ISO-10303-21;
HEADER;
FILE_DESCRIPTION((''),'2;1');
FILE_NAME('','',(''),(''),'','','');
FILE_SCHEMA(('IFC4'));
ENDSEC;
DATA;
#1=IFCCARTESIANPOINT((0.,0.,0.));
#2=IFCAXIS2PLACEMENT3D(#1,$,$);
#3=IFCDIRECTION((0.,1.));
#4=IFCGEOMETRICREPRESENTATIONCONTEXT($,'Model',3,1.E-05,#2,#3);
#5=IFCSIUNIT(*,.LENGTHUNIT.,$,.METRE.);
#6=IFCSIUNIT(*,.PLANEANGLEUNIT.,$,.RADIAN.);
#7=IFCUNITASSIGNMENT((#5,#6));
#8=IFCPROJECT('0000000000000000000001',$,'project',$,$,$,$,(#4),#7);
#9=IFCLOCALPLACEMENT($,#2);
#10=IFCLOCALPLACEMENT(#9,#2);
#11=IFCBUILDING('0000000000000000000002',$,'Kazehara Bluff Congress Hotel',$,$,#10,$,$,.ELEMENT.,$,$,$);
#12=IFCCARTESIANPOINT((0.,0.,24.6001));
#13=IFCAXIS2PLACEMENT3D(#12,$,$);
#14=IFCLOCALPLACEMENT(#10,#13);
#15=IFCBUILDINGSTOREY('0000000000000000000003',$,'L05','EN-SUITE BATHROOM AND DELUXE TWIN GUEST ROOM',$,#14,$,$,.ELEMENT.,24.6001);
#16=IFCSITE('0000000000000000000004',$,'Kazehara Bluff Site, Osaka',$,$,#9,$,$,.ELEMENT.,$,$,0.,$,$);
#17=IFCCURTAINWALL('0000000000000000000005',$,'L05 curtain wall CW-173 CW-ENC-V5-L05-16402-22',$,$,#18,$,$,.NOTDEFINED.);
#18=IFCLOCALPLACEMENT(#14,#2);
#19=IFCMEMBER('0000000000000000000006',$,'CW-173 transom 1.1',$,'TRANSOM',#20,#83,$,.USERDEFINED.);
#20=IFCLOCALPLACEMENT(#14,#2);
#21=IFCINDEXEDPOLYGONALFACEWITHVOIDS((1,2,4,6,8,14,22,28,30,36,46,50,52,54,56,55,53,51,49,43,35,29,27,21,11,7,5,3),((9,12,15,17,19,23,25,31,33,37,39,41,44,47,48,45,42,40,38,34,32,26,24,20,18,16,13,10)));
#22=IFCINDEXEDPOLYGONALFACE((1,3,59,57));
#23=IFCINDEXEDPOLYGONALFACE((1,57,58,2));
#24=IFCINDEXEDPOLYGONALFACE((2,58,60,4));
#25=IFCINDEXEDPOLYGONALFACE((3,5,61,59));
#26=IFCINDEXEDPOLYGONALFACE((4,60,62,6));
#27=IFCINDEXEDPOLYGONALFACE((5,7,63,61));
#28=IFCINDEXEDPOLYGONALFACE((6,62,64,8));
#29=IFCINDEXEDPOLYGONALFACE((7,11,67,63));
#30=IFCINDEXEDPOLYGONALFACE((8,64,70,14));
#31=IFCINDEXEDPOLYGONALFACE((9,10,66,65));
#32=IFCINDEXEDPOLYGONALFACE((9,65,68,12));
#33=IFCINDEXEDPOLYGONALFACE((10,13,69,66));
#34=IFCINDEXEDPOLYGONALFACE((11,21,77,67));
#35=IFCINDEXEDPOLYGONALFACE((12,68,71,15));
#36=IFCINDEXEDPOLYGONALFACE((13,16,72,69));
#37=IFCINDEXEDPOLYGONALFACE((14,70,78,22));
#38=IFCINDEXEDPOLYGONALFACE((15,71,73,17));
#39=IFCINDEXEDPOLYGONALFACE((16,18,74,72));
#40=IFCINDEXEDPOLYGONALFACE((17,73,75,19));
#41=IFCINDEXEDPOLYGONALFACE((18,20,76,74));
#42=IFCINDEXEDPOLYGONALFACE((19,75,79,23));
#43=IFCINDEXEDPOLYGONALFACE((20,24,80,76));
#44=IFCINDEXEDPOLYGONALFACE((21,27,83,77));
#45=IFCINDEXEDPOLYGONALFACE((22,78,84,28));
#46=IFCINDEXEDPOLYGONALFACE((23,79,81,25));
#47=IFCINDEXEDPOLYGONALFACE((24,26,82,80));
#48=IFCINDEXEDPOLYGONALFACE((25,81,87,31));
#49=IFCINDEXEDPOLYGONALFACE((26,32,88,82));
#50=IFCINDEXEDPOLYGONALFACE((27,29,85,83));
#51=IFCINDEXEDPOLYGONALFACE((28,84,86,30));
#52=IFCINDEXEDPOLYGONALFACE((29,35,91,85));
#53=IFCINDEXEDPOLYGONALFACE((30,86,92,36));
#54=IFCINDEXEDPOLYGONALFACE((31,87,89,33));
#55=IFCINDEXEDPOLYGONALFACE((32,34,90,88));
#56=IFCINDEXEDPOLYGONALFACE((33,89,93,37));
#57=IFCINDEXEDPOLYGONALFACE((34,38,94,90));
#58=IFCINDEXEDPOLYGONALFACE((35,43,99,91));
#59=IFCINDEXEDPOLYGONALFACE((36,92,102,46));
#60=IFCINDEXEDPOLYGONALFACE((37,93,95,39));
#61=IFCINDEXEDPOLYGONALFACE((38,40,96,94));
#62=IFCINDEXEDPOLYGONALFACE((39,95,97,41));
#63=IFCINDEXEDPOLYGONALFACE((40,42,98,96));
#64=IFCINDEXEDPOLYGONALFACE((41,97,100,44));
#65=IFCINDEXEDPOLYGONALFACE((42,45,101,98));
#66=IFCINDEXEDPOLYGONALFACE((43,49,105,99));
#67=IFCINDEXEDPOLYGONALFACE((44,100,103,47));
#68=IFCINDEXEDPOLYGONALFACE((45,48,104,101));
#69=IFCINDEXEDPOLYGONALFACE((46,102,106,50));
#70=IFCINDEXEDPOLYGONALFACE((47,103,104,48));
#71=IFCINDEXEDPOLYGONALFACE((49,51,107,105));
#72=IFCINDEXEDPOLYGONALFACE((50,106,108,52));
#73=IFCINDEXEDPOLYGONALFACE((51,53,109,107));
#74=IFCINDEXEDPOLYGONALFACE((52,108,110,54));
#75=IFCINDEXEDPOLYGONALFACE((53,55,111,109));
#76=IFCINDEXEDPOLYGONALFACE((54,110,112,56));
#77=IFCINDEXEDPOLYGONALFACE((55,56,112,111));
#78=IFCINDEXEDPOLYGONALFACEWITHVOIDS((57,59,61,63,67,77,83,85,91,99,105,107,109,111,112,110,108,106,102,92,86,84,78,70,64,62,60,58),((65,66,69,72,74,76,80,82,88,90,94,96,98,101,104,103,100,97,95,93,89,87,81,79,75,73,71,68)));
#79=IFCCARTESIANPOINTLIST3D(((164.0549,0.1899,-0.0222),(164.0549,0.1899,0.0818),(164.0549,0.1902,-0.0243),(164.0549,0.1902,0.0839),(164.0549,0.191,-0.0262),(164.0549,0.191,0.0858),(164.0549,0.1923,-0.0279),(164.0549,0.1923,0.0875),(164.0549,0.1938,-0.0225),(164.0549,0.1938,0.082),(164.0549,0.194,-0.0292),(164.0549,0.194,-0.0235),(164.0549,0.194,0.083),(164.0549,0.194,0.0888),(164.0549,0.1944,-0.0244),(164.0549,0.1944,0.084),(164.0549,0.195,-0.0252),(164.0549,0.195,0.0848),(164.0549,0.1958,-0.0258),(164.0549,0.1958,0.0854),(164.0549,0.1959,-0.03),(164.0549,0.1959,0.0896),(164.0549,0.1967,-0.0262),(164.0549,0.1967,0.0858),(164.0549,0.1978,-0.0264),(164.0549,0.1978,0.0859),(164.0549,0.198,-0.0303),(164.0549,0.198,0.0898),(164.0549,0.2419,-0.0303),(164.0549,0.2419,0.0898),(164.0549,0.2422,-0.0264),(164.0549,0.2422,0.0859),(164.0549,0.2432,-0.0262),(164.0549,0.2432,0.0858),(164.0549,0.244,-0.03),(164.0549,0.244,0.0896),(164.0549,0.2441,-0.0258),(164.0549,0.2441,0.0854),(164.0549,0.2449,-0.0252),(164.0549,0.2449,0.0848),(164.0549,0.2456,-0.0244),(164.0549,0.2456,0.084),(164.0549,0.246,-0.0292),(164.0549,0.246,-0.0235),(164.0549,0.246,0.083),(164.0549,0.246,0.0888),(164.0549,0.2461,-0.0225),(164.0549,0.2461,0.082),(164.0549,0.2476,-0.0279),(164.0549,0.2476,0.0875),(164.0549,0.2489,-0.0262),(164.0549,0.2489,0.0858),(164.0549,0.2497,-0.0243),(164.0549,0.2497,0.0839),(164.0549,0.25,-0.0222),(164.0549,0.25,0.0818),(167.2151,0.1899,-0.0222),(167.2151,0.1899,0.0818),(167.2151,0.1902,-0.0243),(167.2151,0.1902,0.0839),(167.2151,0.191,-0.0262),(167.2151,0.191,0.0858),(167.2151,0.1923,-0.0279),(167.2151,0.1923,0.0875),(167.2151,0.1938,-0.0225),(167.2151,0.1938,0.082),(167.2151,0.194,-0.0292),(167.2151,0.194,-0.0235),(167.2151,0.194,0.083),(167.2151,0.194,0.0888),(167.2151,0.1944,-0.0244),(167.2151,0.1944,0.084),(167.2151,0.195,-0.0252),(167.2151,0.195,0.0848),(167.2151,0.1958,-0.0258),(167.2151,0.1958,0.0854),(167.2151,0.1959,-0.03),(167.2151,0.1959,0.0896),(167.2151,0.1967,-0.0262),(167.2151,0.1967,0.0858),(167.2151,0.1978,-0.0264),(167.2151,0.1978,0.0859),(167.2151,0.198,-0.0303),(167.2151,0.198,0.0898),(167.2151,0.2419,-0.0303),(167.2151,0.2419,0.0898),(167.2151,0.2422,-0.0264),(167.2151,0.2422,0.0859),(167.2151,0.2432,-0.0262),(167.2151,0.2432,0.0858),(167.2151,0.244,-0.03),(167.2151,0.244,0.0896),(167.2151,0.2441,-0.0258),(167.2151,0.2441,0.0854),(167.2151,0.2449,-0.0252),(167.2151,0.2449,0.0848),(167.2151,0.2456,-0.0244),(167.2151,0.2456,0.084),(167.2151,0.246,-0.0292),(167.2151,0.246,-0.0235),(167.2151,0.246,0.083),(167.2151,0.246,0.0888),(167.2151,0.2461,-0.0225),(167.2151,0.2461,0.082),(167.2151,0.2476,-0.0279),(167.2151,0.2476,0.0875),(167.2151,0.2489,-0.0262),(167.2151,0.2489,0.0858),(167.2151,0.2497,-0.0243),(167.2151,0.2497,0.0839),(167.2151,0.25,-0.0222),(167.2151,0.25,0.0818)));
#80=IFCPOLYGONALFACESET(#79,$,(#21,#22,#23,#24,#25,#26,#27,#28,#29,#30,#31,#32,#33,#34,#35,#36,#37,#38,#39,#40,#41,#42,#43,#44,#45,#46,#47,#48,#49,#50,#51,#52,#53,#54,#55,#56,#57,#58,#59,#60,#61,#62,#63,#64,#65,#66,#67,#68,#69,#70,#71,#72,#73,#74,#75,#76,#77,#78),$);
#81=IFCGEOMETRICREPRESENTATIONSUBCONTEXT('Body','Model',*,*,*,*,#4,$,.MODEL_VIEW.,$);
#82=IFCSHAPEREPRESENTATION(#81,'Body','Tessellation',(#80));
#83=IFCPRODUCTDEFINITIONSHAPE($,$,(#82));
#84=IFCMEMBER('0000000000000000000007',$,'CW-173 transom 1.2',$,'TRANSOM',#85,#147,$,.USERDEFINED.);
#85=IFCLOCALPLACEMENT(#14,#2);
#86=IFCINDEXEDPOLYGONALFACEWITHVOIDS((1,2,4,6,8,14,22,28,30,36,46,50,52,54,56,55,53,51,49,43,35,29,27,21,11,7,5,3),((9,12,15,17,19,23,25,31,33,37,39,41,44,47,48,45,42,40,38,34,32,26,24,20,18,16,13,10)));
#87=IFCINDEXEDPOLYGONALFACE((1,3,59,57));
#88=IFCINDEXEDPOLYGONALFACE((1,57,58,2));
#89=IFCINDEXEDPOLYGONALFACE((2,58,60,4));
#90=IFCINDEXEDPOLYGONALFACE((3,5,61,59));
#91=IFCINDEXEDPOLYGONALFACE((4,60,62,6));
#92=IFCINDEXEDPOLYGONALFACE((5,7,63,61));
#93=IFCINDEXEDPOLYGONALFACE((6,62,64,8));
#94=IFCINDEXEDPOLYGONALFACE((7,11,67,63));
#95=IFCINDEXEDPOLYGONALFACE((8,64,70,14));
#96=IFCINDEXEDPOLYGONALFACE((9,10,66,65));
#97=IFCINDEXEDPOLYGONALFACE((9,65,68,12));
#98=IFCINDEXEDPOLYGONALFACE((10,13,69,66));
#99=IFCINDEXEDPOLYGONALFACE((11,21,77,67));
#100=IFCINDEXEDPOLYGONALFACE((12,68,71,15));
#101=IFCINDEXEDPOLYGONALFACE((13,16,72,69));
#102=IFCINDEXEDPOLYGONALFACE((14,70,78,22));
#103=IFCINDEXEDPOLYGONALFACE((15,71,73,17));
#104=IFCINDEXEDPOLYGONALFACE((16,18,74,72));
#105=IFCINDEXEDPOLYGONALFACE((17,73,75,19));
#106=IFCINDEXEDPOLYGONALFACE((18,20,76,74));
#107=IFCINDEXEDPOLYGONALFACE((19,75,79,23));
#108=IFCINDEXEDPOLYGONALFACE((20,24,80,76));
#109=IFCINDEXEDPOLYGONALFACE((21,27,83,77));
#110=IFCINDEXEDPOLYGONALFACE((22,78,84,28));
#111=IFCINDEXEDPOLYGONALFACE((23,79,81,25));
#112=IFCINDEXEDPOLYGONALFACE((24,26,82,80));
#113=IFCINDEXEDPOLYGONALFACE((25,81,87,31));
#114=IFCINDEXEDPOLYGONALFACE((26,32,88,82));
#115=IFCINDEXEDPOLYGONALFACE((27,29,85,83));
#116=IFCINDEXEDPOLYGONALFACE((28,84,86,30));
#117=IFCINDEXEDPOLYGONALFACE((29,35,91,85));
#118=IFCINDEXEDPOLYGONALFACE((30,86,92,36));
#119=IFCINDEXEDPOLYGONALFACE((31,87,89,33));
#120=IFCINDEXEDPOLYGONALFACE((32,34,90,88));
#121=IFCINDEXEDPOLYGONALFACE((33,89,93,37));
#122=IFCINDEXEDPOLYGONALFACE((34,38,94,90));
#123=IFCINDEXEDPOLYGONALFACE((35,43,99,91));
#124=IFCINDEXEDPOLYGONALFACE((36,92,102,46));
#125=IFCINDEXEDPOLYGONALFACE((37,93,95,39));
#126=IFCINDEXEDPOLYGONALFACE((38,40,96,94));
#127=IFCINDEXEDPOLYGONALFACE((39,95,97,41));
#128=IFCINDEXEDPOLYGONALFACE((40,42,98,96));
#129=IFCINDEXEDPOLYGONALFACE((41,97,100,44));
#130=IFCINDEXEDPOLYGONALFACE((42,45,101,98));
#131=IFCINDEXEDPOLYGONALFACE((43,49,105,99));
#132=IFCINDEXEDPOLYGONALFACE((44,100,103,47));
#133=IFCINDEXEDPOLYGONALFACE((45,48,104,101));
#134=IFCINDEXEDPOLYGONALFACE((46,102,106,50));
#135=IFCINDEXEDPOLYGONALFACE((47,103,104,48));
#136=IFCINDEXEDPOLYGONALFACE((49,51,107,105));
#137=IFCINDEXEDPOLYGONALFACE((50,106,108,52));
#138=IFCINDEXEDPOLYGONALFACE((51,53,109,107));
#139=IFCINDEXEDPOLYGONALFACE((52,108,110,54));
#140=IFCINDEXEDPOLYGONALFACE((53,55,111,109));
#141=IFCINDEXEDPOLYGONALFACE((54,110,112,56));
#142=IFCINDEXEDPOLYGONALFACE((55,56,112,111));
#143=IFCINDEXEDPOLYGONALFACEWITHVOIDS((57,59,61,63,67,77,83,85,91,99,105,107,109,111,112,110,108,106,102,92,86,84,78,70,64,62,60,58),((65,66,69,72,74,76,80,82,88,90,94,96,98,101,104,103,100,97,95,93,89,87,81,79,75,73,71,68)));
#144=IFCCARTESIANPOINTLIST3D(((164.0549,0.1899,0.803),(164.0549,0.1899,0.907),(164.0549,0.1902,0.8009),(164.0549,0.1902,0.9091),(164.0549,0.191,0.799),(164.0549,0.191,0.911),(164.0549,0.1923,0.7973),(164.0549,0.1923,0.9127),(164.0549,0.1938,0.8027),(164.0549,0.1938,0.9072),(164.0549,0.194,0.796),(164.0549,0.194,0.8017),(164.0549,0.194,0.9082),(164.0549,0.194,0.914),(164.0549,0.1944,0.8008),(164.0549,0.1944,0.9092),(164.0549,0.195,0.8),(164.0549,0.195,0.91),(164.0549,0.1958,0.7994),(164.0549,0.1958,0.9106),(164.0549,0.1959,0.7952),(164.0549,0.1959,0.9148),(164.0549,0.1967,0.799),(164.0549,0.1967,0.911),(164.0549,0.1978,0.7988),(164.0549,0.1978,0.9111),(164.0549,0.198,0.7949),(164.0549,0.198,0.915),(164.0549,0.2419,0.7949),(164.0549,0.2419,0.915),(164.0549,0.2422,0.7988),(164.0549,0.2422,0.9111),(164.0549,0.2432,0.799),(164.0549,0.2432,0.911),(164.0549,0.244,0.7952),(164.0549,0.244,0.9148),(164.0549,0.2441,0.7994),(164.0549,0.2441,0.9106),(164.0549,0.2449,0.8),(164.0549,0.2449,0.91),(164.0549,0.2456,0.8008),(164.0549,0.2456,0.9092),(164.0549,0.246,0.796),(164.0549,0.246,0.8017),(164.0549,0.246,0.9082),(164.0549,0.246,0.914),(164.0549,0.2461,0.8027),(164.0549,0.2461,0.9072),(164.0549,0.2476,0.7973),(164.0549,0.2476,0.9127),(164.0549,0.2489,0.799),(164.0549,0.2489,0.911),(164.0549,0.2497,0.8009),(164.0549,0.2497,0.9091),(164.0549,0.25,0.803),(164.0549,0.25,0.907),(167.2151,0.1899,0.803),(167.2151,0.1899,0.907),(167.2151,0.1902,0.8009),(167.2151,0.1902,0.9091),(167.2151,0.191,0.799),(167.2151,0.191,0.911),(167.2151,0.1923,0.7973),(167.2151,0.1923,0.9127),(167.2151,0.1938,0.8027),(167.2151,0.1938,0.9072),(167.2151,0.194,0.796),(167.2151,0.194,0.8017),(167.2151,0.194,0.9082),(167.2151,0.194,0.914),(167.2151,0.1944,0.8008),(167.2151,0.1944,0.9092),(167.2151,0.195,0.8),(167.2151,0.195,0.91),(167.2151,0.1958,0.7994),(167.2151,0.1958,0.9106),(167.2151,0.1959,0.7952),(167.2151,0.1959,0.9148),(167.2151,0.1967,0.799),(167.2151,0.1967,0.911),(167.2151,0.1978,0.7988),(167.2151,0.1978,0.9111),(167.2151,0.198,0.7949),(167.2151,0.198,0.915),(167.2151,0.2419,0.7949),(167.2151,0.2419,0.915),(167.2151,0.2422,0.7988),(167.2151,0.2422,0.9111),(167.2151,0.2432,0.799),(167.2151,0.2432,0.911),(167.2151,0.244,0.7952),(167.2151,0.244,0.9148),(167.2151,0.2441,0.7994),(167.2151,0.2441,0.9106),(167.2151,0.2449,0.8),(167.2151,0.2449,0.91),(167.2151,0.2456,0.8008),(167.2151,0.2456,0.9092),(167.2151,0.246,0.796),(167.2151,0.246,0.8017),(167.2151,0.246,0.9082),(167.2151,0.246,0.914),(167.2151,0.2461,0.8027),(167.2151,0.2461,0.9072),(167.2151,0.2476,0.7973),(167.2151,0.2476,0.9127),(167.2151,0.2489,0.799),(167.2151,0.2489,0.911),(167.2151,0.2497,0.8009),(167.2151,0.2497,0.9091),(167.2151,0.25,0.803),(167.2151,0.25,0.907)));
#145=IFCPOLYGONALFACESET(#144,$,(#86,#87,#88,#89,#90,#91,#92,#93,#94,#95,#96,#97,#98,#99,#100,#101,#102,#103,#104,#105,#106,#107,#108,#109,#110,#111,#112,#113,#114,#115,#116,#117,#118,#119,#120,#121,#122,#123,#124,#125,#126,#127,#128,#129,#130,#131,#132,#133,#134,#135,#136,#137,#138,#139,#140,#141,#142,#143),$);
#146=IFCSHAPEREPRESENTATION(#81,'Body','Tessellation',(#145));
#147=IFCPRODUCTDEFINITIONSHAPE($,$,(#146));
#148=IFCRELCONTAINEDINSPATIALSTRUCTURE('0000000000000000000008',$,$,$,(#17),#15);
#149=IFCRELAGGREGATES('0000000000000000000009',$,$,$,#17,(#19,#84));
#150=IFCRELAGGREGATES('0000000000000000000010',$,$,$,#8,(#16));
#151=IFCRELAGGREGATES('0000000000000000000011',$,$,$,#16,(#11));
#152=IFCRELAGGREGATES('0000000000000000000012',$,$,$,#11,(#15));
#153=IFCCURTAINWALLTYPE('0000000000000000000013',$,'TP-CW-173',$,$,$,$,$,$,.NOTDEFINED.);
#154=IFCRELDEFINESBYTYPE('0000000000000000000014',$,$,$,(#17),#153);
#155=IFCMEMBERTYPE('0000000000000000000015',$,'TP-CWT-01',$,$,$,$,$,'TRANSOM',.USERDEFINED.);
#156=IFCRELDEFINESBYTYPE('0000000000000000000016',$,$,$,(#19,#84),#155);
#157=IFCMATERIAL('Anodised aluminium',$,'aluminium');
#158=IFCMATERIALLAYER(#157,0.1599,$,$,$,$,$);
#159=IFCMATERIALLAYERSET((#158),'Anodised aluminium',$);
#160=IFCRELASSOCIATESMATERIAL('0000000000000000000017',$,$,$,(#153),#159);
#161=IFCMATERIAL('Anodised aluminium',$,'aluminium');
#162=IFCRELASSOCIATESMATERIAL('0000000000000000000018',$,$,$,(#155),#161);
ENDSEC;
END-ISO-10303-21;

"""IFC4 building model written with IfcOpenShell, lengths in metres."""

from ifc_helpers import new_model, si_unit, direction, frame, origin, origin_2d, place, context, subcontext, project, spatial, hollow_rectangle, extrude, material, layer, layer_set, material_profile, profile_set, type_object, element, aggregate, save


model = new_model("IFC4")

# Units and contexts
model_context = context("Model", 3, precision=1e-05, world=origin(), true_north=direction((0.0, 1.0)))
body_context = subcontext(model_context, "Body", "Model", "MODEL_VIEW")
ifc_project = project(units=[si_unit("LENGTHUNIT", "METRE"), si_unit("PLANEANGLEUNIT", "RADIAN")], contexts=[model_context])

# Site, building, storey
site_placement = place(None, origin())
site = spatial("IfcSite", under=ifc_project, at=site_placement, Name="Kazehara Bluff Site, Osaka", CompositionType="ELEMENT", RefElevation=0.0)
building_placement = place(site_placement, origin())
building = spatial("IfcBuilding", under=site, at=building_placement, Name="Kazehara Bluff Congress Hotel", CompositionType="ELEMENT")
storey_placement = place(building_placement, frame((0.0, 0.0, 24.6001)))
storey = spatial("IfcBuildingStorey", under=building, at=storey_placement, Name="L05", Description="EN-SUITE BATHROOM AND DELUXE TWIN GUEST ROOM", CompositionType="ELEMENT", Elevation=24.6001)

# Curtain wall
ifc_material_1 = material(Name="Anodised aluminium", Category="aluminium")
ifc_layer_1 = layer(ifc_material_1, 0.1599)
ifc_layer_set_1 = layer_set([ifc_layer_1], Name="Anodised aluminium")
curtain_wall_type_1 = type_object("IfcCurtainWallType", Name="TP-CW-173", PredefinedType="NOTDEFINED", material=ifc_layer_set_1)
curtain_wall_1_placement = place(storey_placement, origin())
curtain_wall_1 = element("IfcCurtainWall", 1, at=curtain_wall_1_placement, inside=storey, type_object=curtain_wall_type_1, Name="L05 curtain wall CW-173 CW-ENC-V5-L05-16402-22", PredefinedType="NOTDEFINED")

# Members
ifc_material_2 = material(Name="Anodised aluminium", Category="aluminium")
ifc_material_profile_1 = material_profile(ifc_material_2, hollow_rectangle(XDim=0.0601, YDim=0.1201, WallThickness=0.0039, InnerFilletRadius=0.0039, OuterFilletRadius=0.0081, at=origin_2d()))
ifc_profile_set_1 = profile_set([ifc_material_profile_1], Name="Anodised aluminium")
member_type_1 = type_object("IfcMemberType", Name="TP-CWT-01", ElementType="TRANSOM", PredefinedType="USERDEFINED", material=ifc_profile_set_1)
member_1_placement = place(storey_placement, frame((167.2151, 0.22, 0.0298), z_axis=(-1.0, 0.0, 0.0), x_axis=(0.0, -1.0, 0.0)))
member_1 = element("IfcMember", 2, at=member_1_placement, type_object=member_type_1, Name="CW-173 transom 1.1", ObjectType="TRANSOM", PredefinedType="USERDEFINED", context=body_context, shape_type="SweptSolid", body=[
    extrude(hollow_rectangle(XDim=0.0601, YDim=0.1201, WallThickness=0.0039, InnerFilletRadius=0.0039, OuterFilletRadius=0.0081, at=origin_2d()), origin(), (0.0, 0.0, 1.0), 3.1602),
])
member_2_placement = place(storey_placement, frame((167.2151, 0.22, 0.855), z_axis=(-1.0, 0.0, 0.0), x_axis=(0.0, -1.0, 0.0)))
member_2 = element("IfcMember", 3, at=member_2_placement, type_object=member_type_1, Name="CW-173 transom 1.2", ObjectType="TRANSOM", PredefinedType="USERDEFINED", context=body_context, shape_type="SweptSolid", body=[
    extrude(hollow_rectangle(XDim=0.0601, YDim=0.1201, WallThickness=0.0039, InnerFilletRadius=0.0039, OuterFilletRadius=0.0081, at=origin_2d()), origin(), (0.0, 0.0, 1.0), 3.1602),
])

aggregate(curtain_wall_1, [member_1, member_2])

save(model, "model.ifc")
